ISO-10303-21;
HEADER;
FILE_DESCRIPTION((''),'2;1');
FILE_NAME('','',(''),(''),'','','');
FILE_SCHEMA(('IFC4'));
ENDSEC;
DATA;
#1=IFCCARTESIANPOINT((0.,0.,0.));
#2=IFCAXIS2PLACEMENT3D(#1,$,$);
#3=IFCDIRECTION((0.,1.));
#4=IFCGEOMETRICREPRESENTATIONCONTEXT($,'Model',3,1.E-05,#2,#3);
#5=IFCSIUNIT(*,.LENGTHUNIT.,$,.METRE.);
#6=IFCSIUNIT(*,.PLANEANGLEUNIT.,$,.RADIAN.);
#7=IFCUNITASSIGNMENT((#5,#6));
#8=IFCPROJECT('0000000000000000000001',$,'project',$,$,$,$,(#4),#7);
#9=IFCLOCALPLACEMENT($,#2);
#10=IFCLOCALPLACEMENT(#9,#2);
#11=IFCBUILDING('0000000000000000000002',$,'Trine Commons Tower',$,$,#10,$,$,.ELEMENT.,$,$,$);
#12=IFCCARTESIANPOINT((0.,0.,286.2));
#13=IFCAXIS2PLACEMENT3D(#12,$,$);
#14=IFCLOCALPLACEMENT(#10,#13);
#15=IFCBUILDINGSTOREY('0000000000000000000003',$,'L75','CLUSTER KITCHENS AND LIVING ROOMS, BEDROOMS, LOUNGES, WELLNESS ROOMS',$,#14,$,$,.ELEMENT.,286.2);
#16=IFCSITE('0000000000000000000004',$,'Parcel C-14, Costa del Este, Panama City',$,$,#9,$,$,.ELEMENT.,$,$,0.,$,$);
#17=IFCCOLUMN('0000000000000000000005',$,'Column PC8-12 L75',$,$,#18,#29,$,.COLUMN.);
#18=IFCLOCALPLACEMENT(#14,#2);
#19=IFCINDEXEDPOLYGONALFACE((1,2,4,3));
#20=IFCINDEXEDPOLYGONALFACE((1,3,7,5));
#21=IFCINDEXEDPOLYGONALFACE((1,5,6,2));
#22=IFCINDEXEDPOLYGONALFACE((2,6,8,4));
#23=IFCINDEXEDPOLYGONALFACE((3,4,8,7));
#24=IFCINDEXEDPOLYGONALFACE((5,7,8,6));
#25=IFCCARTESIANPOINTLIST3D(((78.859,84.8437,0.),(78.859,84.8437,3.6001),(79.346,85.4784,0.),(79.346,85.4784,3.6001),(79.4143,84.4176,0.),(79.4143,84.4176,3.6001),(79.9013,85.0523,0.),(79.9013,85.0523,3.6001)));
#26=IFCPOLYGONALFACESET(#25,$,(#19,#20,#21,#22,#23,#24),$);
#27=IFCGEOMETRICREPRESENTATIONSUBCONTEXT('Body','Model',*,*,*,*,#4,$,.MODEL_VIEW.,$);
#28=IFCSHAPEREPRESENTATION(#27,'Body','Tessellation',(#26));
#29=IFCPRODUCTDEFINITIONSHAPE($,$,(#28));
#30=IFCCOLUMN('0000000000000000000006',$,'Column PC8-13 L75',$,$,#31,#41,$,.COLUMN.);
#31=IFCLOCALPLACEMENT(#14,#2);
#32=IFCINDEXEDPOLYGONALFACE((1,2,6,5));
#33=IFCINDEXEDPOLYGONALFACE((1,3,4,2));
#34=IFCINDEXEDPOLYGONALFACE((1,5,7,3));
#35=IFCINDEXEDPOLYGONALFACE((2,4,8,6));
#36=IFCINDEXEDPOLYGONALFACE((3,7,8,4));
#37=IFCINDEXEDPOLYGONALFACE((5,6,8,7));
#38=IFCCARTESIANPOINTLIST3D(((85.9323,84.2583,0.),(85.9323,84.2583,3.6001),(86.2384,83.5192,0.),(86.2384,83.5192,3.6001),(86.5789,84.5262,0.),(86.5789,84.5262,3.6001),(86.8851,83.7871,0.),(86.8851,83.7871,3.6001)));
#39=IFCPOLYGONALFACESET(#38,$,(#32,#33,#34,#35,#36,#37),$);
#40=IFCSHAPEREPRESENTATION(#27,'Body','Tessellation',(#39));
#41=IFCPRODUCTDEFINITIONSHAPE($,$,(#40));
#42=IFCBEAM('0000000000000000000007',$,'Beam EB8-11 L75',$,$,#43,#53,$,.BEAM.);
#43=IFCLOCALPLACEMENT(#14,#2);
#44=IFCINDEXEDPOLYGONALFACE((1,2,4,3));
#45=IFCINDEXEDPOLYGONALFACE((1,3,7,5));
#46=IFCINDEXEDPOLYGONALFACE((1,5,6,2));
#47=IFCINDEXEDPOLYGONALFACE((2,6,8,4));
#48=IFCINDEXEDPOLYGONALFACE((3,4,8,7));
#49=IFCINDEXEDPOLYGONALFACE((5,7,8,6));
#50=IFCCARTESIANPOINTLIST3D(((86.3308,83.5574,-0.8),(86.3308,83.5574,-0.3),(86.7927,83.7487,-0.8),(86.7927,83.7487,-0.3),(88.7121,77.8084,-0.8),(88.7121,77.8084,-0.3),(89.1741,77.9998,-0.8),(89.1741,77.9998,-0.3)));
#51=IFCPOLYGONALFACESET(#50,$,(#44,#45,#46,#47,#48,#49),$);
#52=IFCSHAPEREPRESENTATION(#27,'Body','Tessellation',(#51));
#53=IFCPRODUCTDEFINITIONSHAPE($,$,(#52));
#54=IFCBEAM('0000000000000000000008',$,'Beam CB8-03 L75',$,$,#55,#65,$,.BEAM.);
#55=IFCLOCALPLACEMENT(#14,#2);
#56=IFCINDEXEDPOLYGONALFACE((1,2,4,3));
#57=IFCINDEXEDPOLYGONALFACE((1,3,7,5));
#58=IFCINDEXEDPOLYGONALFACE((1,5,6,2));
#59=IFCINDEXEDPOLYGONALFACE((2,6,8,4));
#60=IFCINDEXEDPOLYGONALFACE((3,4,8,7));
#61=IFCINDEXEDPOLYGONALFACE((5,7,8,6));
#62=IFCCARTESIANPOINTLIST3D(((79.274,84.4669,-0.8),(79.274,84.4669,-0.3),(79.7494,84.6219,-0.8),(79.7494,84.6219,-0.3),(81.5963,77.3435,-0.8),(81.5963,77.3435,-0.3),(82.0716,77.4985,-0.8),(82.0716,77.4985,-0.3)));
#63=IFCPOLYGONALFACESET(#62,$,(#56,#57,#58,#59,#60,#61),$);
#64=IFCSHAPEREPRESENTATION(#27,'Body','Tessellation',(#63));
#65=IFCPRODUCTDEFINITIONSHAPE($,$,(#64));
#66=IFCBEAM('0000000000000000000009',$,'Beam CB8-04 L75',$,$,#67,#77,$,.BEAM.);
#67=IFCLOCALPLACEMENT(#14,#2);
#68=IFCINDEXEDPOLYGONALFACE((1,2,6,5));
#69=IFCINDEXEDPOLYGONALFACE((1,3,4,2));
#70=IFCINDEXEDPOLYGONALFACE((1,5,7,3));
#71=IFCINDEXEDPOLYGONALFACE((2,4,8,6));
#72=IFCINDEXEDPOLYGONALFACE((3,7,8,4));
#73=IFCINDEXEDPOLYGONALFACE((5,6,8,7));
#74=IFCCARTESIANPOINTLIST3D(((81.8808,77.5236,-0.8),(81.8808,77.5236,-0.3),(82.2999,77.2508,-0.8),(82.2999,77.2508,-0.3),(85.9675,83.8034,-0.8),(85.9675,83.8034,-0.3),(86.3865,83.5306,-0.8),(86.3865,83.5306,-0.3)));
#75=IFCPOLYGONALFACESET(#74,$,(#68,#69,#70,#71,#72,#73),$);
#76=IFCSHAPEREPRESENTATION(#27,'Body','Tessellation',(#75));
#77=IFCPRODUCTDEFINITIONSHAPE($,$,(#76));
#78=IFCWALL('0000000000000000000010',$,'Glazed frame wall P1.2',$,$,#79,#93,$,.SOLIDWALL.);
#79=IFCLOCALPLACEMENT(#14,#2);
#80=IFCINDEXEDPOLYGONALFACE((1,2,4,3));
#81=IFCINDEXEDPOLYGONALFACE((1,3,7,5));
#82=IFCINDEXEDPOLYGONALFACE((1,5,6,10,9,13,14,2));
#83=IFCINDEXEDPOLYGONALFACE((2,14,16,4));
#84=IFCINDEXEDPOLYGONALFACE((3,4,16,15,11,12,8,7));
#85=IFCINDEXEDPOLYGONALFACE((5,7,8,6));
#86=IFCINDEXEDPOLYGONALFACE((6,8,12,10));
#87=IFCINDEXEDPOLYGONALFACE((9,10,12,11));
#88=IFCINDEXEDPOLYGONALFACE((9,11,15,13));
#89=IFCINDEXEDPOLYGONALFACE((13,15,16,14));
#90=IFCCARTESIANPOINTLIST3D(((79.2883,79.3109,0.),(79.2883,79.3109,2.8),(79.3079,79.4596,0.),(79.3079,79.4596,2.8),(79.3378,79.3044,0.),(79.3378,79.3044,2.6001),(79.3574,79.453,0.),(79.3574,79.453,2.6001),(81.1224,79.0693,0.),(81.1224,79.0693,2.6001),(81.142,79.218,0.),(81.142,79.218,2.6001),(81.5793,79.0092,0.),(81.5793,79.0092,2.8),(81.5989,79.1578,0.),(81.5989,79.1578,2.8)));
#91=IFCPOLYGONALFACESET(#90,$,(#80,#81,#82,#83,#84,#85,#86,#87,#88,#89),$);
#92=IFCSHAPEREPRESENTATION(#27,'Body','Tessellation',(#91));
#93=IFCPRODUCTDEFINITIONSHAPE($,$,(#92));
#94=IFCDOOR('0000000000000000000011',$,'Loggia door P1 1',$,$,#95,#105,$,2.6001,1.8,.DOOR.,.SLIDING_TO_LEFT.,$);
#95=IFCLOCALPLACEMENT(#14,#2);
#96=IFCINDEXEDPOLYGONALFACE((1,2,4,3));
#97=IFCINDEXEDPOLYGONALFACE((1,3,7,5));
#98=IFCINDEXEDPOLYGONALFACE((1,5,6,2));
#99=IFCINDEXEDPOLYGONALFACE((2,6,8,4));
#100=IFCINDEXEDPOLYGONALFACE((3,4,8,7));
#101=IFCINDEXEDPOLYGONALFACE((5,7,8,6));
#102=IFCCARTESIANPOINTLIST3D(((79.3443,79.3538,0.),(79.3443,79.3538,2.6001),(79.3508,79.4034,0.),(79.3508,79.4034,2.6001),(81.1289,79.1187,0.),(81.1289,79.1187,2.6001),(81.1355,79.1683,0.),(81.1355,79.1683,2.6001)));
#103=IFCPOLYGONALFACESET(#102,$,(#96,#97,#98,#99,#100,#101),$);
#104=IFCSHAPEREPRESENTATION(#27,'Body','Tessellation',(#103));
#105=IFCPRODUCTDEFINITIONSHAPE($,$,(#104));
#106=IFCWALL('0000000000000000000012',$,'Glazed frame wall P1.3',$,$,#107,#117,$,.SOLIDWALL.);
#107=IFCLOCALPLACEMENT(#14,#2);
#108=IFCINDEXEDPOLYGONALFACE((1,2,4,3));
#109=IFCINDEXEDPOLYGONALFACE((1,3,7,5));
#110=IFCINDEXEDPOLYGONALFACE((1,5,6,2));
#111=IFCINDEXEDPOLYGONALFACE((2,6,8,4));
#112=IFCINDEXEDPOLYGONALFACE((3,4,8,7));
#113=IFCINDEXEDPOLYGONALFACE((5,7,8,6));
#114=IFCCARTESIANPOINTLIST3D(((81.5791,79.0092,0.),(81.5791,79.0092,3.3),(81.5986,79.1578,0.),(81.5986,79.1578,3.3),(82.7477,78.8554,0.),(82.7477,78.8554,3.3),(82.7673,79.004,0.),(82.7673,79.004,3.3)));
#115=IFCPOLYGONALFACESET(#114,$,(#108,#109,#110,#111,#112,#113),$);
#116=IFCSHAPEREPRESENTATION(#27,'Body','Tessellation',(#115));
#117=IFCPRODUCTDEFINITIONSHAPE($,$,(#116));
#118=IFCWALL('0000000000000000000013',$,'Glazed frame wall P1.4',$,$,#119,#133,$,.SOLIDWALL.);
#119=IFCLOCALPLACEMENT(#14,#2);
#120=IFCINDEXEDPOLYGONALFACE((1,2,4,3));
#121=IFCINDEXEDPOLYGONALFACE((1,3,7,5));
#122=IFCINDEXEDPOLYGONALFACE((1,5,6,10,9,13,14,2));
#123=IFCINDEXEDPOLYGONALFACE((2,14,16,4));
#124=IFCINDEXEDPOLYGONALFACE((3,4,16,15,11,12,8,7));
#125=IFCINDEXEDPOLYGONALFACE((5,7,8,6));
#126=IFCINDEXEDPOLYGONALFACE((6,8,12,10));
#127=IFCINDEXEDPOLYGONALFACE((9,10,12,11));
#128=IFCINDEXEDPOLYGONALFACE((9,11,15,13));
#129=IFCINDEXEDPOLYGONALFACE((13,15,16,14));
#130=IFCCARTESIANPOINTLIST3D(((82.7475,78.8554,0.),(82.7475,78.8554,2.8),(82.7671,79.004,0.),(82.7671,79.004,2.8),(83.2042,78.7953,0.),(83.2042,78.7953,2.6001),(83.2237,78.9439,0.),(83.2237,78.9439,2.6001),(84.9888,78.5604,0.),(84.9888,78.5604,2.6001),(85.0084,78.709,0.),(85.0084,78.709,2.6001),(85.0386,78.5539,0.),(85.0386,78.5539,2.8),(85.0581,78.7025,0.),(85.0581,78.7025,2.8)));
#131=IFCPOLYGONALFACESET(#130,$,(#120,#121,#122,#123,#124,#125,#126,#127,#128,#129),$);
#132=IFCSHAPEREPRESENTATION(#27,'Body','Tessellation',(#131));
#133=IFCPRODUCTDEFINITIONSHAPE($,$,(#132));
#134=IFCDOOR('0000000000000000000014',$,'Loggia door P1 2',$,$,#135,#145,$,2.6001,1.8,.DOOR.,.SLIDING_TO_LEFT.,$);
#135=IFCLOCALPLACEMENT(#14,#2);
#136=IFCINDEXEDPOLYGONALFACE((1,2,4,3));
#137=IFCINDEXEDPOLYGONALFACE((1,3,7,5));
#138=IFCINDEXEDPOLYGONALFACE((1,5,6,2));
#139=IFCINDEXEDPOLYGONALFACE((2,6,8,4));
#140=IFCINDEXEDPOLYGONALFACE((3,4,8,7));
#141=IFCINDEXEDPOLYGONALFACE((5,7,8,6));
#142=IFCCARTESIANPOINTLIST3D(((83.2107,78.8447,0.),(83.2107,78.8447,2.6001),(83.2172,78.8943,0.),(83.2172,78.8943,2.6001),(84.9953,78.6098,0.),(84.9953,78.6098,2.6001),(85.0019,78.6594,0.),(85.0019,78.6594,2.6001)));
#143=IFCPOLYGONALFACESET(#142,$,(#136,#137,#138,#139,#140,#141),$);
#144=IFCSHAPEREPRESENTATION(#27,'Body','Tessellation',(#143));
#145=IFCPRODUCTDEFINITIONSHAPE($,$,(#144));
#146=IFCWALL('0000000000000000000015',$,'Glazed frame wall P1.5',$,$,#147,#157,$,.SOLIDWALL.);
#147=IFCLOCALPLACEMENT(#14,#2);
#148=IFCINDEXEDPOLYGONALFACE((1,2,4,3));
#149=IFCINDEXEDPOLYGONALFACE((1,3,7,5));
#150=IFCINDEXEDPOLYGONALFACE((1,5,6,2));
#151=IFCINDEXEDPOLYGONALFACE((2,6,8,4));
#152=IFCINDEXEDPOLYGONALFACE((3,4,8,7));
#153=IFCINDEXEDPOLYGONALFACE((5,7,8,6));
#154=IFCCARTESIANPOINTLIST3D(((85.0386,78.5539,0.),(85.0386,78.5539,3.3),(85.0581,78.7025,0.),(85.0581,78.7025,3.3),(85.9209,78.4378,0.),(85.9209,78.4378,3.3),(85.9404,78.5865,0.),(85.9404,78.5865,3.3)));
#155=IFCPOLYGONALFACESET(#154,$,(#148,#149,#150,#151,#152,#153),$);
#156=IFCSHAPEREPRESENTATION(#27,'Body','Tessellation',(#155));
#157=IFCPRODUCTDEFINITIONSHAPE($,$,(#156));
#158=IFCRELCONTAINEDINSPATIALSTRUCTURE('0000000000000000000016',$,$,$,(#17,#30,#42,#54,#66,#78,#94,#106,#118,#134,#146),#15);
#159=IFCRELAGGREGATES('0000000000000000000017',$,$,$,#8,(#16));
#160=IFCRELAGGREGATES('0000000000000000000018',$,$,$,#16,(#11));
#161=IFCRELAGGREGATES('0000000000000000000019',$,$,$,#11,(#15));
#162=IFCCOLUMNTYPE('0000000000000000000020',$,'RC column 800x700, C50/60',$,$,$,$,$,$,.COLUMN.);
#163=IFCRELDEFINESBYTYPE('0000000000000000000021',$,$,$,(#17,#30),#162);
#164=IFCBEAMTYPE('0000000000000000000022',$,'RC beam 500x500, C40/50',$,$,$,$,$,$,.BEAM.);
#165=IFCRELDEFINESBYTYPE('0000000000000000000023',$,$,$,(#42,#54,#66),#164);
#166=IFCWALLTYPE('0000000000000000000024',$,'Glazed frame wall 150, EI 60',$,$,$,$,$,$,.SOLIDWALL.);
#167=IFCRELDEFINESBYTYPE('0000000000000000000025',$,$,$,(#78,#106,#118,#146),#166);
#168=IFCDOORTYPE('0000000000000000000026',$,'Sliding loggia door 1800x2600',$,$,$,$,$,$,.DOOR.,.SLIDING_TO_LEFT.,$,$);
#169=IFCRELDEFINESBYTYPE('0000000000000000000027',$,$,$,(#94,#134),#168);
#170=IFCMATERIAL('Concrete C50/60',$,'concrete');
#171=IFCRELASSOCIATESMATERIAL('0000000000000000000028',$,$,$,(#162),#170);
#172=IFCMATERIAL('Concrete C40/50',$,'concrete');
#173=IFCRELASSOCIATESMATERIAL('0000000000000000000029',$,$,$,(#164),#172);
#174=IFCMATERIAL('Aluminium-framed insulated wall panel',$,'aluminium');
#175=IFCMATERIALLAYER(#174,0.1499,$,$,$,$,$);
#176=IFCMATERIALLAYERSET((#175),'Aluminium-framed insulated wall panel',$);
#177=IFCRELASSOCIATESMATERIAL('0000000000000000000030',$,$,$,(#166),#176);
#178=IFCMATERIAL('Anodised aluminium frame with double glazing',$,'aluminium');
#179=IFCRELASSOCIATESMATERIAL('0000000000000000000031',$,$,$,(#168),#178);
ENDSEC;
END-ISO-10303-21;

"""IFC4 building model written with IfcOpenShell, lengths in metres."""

from ifc_helpers import new_model, si_unit, direction, frame, frame_2d, origin, origin_2d, place, context, subcontext, project, spatial, polyline, rectangle, outline, extrude, material, layer, layer_set, material_profile, profile_set, type_object, element, fill, save


model = new_model("IFC4")

# Units and contexts
model_context = context("Model", 3, precision=1e-05, world=origin(), true_north=direction((0.0, 1.0)))
body_context = subcontext(model_context, "Body", "Model", "MODEL_VIEW")
ifc_project = project(units=[si_unit("LENGTHUNIT", "METRE"), si_unit("PLANEANGLEUNIT", "RADIAN")], contexts=[model_context])

# Site, building, storey
site_placement = place(None, origin())
site = spatial("IfcSite", under=ifc_project, at=site_placement, Name="Parcel C-14, Costa del Este, Panama City", CompositionType="ELEMENT", RefElevation=0.0)
building_placement = place(site_placement, origin())
building = spatial("IfcBuilding", under=site, at=building_placement, Name="Trine Commons Tower", CompositionType="ELEMENT")
storey_placement = place(building_placement, frame((0.0, 0.0, 286.2)))
storey = spatial("IfcBuildingStorey", under=building, at=storey_placement, Name="L75", Description="CLUSTER KITCHENS AND LIVING ROOMS, BEDROOMS, LOUNGES, WELLNESS ROOMS", CompositionType="ELEMENT", Elevation=286.2)

# Columns
ifc_material_1 = material(Name="Concrete C50/60", Category="concrete")
ifc_material_profile_1 = material_profile(ifc_material_1, rectangle(XDim=0.8, YDim=0.7, at=origin_2d()), Name="RC 800x700")
ifc_profile_set_1 = profile_set([ifc_material_profile_1], Name="Concrete C50/60")
column_type = type_object("IfcColumnType", Name="RC column 800x700, C50/60", PredefinedType="COLUMN", material=ifc_profile_set_1)
for number, where, z_axis, x_axis, name in (
    (1, (79.3801, 84.948, 0.0), (0.0, 0.0, 1.0), (0.608761, 0.793353, 0.0), "Column PC8-12 L75"),
    (2, (86.4087, 84.0227, 0.0), (0.0, 0.0, 1.0), (-0.382683, 0.92388, 0.0), "Column PC8-13 L75"),
):
    element("IfcColumn", number, at=place(storey_placement, frame(where, z_axis=z_axis, x_axis=x_axis)), inside=storey, type_object=column_type, Name=name, PredefinedType="COLUMN", context=body_context, shape_type="SweptSolid", body=[
        extrude(rectangle(XDim=0.8, YDim=0.7, at=origin_2d()), origin(), (0.0, 0.0, 1.0), 3.6001),
    ])

# Beams
ifc_material_2 = material(Name="Concrete C40/50", Category="concrete")
ifc_material_profile_2 = material_profile(ifc_material_2, rectangle(XDim=0.5, YDim=0.5, at=origin_2d()), Name="RC 500x500")
ifc_profile_set_2 = profile_set([ifc_material_profile_2], Name="Concrete C40/50")
beam_type = type_object("IfcBeamType", Name="RC beam 500x500, C40/50", PredefinedType="BEAM", material=ifc_profile_set_2)
beam_placement = place(storey_placement, frame((86.5618, 83.6531, -0.55), z_axis=(0.382687, -0.923878, 0.0), x_axis=(0.923878, 0.382687, 0.0)))
element("IfcBeam", 3, at=beam_placement, inside=storey, type_object=beam_type, Name="Beam EB8-11 L75", PredefinedType="BEAM", context=body_context, shape_type="SweptSolid", body=[
    extrude(rectangle(XDim=0.5, YDim=0.5, at=origin_2d()), origin(), (0.0, 0.0, 1.0), 6.2227),
])
for number, where, z_axis, x_axis, name in (
    (4, (79.5117, 84.5444, -0.55), (0.309945, -0.950754, 0.0), (0.950754, 0.309945, 0.0), "Beam CB8-03 L75"),
    (5, (86.177, 83.667, -0.55), (-0.54544, -0.83815, 0.0), (0.83815, -0.54544, 0.0), "Beam CB8-04 L75"),
):
    element("IfcBeam", number, at=place(storey_placement, frame(where, z_axis=z_axis, x_axis=x_axis)), inside=storey, type_object=beam_type, Name=name, PredefinedType="BEAM", context=body_context, shape_type="SweptSolid", body=[
        extrude(rectangle(XDim=0.5, YDim=0.5, at=origin_2d()), origin(), (0.0, 0.0, 1.0), 7.4924),
    ])

# Wall, opening, door
ifc_material_3 = material(Name="Aluminium-framed insulated wall panel", Category="aluminium")
ifc_layer_1 = layer(ifc_material_3, 0.1499)
ifc_layer_set_1 = layer_set([ifc_layer_1], Name="Aluminium-framed insulated wall panel")
wall_type_1 = type_object("IfcWallType", Name="Glazed frame wall 150, EI 60", PredefinedType="SOLIDWALL", material=ifc_layer_set_1)
wall_1_placement = place(storey_placement, frame((79.2981, 79.3853, 0.0), z_axis=(0.0, 0.0, 1.0), x_axis=(0.991435, -0.130599, 0.0)))
wall_1 = element("IfcWall", 6, at=wall_1_placement, inside=storey, type_object=wall_type_1, Name="Glazed frame wall P1.2", PredefinedType="SOLIDWALL", context=body_context, shape_type="SweptSolid", body=[
    extrude(outline(polyline([(0.0, -0.075), (2.3108, -0.075), (2.3108, 0.075), (0.0, 0.075), (0.0, -0.075)])), origin(), (0.0, 0.0, 1.0), 2.8),
])
opening_1_placement = place(wall_1_placement, frame((0.05, 0.0, 0.0)))
opening_1 = element("IfcOpeningElement", 7, at=opening_1_placement, cuts=wall_1, PredefinedType="OPENING", context=body_context, shape_type="SweptSolid", body=[
    extrude(rectangle(XDim=1.8, YDim=2.6001, at=frame_2d((0.8999, 1.3))), frame((0.0, 0.085, 0.0), z_axis=(0.0, -1.0, 0.0), x_axis=(1.0, 0.0, 0.0)), (0.0, 0.0, 1.0), 0.1699),
])
ifc_material_4 = material(Name="Anodised aluminium frame with double glazing", Category="aluminium")
door_type = type_object("IfcDoorType", Name="Sliding loggia door 1800x2600", OperationType="SLIDING_TO_LEFT", PredefinedType="DOOR", material=ifc_material_4)
door_1_placement = place(opening_1_placement, origin())
door_1 = element("IfcDoor", 8, at=door_1_placement, inside=storey, type_object=door_type, Name="Loggia door P1 1", OperationType="SLIDING_TO_LEFT", OverallHeight=2.6001, OverallWidth=1.8, PredefinedType="DOOR", context=body_context, shape_type="SweptSolid", body=[
    extrude(rectangle(XDim=1.8, YDim=2.6001, at=frame_2d((0.8999, 1.3))), frame((0.0, 0.0249, 0.0), z_axis=(0.0, -1.0, 0.0), x_axis=(1.0, 0.0, 0.0)), (0.0, 0.0, 1.0), 0.05),
])
fill(opening_1, door_1)

# Wall
wall_2_placement = place(storey_placement, frame((81.5889, 79.0835, 0.0), z_axis=(0.0, 0.0, 1.0), x_axis=(0.991447, -0.130508, 0.0)))
element("IfcWall", 9, at=wall_2_placement, inside=storey, type_object=wall_type_1, Name="Glazed frame wall P1.3", PredefinedType="SOLIDWALL", context=body_context, shape_type="SweptSolid", body=[
    extrude(outline(polyline([(0.0, -0.075), (1.1787, -0.075), (1.1787, 0.075), (0.0, 0.075), (0.0, -0.075)])), origin(), (0.0, 0.0, 1.0), 3.3),
])

# Wall, opening, door
wall_3_placement = place(storey_placement, frame((82.7573, 78.9297, 0.0), z_axis=(0.0, 0.0, 1.0), x_axis=(0.991451, -0.130482, 0.0)))
wall_3 = element("IfcWall", 10, at=wall_3_placement, inside=storey, type_object=wall_type_1, Name="Glazed frame wall P1.4", PredefinedType="SOLIDWALL", context=body_context, shape_type="SweptSolid", body=[
    extrude(outline(polyline([(0.0, -0.075), (2.3108, -0.075), (2.3108, 0.075), (0.0, 0.075), (0.0, -0.075)])), origin(), (0.0, 0.0, 1.0), 2.8),
])
opening_2_placement = place(wall_3_placement, frame((0.4607, 0.0, 0.0)))
opening_2 = element("IfcOpeningElement", 11, at=opening_2_placement, cuts=wall_3, PredefinedType="OPENING", context=body_context, shape_type="SweptSolid", body=[
    extrude(rectangle(XDim=1.8, YDim=2.6001, at=frame_2d((0.8999, 1.3))), frame((0.0, 0.085, 0.0), z_axis=(0.0, -1.0, 0.0), x_axis=(1.0, 0.0, 0.0)), (0.0, 0.0, 1.0), 0.1699),
])
door_2_placement = place(opening_2_placement, origin())
door_2 = element("IfcDoor", 12, at=door_2_placement, inside=storey, type_object=door_type, Name="Loggia door P1 2", OperationType="SLIDING_TO_LEFT", OverallHeight=2.6001, OverallWidth=1.8, PredefinedType="DOOR", context=body_context, shape_type="SweptSolid", body=[
    extrude(rectangle(XDim=1.8, YDim=2.6001, at=frame_2d((0.8999, 1.3))), frame((0.0, 0.0249, 0.0), z_axis=(0.0, -1.0, 0.0), x_axis=(1.0, 0.0, 0.0)), (0.0, 0.0, 1.0), 0.05),
])
fill(opening_2, door_2)

# Wall
wall_4_placement = place(storey_placement, frame((85.0483, 78.6282, 0.0), z_axis=(0.0, 0.0, 1.0), x_axis=(0.991465, -0.130372, 0.0)))
element("IfcWall", 13, at=wall_4_placement, inside=storey, type_object=wall_type_1, Name="Glazed frame wall P1.5", PredefinedType="SOLIDWALL", context=body_context, shape_type="SweptSolid", body=[
    extrude(outline(polyline([(0.8899, 0.075), (0.0, 0.075), (0.0, -0.075), (0.8899, -0.075), (0.8899, 0.075)])), origin(), (0.0, 0.0, 1.0), 3.3),
])

save(model, "model.ifc")
